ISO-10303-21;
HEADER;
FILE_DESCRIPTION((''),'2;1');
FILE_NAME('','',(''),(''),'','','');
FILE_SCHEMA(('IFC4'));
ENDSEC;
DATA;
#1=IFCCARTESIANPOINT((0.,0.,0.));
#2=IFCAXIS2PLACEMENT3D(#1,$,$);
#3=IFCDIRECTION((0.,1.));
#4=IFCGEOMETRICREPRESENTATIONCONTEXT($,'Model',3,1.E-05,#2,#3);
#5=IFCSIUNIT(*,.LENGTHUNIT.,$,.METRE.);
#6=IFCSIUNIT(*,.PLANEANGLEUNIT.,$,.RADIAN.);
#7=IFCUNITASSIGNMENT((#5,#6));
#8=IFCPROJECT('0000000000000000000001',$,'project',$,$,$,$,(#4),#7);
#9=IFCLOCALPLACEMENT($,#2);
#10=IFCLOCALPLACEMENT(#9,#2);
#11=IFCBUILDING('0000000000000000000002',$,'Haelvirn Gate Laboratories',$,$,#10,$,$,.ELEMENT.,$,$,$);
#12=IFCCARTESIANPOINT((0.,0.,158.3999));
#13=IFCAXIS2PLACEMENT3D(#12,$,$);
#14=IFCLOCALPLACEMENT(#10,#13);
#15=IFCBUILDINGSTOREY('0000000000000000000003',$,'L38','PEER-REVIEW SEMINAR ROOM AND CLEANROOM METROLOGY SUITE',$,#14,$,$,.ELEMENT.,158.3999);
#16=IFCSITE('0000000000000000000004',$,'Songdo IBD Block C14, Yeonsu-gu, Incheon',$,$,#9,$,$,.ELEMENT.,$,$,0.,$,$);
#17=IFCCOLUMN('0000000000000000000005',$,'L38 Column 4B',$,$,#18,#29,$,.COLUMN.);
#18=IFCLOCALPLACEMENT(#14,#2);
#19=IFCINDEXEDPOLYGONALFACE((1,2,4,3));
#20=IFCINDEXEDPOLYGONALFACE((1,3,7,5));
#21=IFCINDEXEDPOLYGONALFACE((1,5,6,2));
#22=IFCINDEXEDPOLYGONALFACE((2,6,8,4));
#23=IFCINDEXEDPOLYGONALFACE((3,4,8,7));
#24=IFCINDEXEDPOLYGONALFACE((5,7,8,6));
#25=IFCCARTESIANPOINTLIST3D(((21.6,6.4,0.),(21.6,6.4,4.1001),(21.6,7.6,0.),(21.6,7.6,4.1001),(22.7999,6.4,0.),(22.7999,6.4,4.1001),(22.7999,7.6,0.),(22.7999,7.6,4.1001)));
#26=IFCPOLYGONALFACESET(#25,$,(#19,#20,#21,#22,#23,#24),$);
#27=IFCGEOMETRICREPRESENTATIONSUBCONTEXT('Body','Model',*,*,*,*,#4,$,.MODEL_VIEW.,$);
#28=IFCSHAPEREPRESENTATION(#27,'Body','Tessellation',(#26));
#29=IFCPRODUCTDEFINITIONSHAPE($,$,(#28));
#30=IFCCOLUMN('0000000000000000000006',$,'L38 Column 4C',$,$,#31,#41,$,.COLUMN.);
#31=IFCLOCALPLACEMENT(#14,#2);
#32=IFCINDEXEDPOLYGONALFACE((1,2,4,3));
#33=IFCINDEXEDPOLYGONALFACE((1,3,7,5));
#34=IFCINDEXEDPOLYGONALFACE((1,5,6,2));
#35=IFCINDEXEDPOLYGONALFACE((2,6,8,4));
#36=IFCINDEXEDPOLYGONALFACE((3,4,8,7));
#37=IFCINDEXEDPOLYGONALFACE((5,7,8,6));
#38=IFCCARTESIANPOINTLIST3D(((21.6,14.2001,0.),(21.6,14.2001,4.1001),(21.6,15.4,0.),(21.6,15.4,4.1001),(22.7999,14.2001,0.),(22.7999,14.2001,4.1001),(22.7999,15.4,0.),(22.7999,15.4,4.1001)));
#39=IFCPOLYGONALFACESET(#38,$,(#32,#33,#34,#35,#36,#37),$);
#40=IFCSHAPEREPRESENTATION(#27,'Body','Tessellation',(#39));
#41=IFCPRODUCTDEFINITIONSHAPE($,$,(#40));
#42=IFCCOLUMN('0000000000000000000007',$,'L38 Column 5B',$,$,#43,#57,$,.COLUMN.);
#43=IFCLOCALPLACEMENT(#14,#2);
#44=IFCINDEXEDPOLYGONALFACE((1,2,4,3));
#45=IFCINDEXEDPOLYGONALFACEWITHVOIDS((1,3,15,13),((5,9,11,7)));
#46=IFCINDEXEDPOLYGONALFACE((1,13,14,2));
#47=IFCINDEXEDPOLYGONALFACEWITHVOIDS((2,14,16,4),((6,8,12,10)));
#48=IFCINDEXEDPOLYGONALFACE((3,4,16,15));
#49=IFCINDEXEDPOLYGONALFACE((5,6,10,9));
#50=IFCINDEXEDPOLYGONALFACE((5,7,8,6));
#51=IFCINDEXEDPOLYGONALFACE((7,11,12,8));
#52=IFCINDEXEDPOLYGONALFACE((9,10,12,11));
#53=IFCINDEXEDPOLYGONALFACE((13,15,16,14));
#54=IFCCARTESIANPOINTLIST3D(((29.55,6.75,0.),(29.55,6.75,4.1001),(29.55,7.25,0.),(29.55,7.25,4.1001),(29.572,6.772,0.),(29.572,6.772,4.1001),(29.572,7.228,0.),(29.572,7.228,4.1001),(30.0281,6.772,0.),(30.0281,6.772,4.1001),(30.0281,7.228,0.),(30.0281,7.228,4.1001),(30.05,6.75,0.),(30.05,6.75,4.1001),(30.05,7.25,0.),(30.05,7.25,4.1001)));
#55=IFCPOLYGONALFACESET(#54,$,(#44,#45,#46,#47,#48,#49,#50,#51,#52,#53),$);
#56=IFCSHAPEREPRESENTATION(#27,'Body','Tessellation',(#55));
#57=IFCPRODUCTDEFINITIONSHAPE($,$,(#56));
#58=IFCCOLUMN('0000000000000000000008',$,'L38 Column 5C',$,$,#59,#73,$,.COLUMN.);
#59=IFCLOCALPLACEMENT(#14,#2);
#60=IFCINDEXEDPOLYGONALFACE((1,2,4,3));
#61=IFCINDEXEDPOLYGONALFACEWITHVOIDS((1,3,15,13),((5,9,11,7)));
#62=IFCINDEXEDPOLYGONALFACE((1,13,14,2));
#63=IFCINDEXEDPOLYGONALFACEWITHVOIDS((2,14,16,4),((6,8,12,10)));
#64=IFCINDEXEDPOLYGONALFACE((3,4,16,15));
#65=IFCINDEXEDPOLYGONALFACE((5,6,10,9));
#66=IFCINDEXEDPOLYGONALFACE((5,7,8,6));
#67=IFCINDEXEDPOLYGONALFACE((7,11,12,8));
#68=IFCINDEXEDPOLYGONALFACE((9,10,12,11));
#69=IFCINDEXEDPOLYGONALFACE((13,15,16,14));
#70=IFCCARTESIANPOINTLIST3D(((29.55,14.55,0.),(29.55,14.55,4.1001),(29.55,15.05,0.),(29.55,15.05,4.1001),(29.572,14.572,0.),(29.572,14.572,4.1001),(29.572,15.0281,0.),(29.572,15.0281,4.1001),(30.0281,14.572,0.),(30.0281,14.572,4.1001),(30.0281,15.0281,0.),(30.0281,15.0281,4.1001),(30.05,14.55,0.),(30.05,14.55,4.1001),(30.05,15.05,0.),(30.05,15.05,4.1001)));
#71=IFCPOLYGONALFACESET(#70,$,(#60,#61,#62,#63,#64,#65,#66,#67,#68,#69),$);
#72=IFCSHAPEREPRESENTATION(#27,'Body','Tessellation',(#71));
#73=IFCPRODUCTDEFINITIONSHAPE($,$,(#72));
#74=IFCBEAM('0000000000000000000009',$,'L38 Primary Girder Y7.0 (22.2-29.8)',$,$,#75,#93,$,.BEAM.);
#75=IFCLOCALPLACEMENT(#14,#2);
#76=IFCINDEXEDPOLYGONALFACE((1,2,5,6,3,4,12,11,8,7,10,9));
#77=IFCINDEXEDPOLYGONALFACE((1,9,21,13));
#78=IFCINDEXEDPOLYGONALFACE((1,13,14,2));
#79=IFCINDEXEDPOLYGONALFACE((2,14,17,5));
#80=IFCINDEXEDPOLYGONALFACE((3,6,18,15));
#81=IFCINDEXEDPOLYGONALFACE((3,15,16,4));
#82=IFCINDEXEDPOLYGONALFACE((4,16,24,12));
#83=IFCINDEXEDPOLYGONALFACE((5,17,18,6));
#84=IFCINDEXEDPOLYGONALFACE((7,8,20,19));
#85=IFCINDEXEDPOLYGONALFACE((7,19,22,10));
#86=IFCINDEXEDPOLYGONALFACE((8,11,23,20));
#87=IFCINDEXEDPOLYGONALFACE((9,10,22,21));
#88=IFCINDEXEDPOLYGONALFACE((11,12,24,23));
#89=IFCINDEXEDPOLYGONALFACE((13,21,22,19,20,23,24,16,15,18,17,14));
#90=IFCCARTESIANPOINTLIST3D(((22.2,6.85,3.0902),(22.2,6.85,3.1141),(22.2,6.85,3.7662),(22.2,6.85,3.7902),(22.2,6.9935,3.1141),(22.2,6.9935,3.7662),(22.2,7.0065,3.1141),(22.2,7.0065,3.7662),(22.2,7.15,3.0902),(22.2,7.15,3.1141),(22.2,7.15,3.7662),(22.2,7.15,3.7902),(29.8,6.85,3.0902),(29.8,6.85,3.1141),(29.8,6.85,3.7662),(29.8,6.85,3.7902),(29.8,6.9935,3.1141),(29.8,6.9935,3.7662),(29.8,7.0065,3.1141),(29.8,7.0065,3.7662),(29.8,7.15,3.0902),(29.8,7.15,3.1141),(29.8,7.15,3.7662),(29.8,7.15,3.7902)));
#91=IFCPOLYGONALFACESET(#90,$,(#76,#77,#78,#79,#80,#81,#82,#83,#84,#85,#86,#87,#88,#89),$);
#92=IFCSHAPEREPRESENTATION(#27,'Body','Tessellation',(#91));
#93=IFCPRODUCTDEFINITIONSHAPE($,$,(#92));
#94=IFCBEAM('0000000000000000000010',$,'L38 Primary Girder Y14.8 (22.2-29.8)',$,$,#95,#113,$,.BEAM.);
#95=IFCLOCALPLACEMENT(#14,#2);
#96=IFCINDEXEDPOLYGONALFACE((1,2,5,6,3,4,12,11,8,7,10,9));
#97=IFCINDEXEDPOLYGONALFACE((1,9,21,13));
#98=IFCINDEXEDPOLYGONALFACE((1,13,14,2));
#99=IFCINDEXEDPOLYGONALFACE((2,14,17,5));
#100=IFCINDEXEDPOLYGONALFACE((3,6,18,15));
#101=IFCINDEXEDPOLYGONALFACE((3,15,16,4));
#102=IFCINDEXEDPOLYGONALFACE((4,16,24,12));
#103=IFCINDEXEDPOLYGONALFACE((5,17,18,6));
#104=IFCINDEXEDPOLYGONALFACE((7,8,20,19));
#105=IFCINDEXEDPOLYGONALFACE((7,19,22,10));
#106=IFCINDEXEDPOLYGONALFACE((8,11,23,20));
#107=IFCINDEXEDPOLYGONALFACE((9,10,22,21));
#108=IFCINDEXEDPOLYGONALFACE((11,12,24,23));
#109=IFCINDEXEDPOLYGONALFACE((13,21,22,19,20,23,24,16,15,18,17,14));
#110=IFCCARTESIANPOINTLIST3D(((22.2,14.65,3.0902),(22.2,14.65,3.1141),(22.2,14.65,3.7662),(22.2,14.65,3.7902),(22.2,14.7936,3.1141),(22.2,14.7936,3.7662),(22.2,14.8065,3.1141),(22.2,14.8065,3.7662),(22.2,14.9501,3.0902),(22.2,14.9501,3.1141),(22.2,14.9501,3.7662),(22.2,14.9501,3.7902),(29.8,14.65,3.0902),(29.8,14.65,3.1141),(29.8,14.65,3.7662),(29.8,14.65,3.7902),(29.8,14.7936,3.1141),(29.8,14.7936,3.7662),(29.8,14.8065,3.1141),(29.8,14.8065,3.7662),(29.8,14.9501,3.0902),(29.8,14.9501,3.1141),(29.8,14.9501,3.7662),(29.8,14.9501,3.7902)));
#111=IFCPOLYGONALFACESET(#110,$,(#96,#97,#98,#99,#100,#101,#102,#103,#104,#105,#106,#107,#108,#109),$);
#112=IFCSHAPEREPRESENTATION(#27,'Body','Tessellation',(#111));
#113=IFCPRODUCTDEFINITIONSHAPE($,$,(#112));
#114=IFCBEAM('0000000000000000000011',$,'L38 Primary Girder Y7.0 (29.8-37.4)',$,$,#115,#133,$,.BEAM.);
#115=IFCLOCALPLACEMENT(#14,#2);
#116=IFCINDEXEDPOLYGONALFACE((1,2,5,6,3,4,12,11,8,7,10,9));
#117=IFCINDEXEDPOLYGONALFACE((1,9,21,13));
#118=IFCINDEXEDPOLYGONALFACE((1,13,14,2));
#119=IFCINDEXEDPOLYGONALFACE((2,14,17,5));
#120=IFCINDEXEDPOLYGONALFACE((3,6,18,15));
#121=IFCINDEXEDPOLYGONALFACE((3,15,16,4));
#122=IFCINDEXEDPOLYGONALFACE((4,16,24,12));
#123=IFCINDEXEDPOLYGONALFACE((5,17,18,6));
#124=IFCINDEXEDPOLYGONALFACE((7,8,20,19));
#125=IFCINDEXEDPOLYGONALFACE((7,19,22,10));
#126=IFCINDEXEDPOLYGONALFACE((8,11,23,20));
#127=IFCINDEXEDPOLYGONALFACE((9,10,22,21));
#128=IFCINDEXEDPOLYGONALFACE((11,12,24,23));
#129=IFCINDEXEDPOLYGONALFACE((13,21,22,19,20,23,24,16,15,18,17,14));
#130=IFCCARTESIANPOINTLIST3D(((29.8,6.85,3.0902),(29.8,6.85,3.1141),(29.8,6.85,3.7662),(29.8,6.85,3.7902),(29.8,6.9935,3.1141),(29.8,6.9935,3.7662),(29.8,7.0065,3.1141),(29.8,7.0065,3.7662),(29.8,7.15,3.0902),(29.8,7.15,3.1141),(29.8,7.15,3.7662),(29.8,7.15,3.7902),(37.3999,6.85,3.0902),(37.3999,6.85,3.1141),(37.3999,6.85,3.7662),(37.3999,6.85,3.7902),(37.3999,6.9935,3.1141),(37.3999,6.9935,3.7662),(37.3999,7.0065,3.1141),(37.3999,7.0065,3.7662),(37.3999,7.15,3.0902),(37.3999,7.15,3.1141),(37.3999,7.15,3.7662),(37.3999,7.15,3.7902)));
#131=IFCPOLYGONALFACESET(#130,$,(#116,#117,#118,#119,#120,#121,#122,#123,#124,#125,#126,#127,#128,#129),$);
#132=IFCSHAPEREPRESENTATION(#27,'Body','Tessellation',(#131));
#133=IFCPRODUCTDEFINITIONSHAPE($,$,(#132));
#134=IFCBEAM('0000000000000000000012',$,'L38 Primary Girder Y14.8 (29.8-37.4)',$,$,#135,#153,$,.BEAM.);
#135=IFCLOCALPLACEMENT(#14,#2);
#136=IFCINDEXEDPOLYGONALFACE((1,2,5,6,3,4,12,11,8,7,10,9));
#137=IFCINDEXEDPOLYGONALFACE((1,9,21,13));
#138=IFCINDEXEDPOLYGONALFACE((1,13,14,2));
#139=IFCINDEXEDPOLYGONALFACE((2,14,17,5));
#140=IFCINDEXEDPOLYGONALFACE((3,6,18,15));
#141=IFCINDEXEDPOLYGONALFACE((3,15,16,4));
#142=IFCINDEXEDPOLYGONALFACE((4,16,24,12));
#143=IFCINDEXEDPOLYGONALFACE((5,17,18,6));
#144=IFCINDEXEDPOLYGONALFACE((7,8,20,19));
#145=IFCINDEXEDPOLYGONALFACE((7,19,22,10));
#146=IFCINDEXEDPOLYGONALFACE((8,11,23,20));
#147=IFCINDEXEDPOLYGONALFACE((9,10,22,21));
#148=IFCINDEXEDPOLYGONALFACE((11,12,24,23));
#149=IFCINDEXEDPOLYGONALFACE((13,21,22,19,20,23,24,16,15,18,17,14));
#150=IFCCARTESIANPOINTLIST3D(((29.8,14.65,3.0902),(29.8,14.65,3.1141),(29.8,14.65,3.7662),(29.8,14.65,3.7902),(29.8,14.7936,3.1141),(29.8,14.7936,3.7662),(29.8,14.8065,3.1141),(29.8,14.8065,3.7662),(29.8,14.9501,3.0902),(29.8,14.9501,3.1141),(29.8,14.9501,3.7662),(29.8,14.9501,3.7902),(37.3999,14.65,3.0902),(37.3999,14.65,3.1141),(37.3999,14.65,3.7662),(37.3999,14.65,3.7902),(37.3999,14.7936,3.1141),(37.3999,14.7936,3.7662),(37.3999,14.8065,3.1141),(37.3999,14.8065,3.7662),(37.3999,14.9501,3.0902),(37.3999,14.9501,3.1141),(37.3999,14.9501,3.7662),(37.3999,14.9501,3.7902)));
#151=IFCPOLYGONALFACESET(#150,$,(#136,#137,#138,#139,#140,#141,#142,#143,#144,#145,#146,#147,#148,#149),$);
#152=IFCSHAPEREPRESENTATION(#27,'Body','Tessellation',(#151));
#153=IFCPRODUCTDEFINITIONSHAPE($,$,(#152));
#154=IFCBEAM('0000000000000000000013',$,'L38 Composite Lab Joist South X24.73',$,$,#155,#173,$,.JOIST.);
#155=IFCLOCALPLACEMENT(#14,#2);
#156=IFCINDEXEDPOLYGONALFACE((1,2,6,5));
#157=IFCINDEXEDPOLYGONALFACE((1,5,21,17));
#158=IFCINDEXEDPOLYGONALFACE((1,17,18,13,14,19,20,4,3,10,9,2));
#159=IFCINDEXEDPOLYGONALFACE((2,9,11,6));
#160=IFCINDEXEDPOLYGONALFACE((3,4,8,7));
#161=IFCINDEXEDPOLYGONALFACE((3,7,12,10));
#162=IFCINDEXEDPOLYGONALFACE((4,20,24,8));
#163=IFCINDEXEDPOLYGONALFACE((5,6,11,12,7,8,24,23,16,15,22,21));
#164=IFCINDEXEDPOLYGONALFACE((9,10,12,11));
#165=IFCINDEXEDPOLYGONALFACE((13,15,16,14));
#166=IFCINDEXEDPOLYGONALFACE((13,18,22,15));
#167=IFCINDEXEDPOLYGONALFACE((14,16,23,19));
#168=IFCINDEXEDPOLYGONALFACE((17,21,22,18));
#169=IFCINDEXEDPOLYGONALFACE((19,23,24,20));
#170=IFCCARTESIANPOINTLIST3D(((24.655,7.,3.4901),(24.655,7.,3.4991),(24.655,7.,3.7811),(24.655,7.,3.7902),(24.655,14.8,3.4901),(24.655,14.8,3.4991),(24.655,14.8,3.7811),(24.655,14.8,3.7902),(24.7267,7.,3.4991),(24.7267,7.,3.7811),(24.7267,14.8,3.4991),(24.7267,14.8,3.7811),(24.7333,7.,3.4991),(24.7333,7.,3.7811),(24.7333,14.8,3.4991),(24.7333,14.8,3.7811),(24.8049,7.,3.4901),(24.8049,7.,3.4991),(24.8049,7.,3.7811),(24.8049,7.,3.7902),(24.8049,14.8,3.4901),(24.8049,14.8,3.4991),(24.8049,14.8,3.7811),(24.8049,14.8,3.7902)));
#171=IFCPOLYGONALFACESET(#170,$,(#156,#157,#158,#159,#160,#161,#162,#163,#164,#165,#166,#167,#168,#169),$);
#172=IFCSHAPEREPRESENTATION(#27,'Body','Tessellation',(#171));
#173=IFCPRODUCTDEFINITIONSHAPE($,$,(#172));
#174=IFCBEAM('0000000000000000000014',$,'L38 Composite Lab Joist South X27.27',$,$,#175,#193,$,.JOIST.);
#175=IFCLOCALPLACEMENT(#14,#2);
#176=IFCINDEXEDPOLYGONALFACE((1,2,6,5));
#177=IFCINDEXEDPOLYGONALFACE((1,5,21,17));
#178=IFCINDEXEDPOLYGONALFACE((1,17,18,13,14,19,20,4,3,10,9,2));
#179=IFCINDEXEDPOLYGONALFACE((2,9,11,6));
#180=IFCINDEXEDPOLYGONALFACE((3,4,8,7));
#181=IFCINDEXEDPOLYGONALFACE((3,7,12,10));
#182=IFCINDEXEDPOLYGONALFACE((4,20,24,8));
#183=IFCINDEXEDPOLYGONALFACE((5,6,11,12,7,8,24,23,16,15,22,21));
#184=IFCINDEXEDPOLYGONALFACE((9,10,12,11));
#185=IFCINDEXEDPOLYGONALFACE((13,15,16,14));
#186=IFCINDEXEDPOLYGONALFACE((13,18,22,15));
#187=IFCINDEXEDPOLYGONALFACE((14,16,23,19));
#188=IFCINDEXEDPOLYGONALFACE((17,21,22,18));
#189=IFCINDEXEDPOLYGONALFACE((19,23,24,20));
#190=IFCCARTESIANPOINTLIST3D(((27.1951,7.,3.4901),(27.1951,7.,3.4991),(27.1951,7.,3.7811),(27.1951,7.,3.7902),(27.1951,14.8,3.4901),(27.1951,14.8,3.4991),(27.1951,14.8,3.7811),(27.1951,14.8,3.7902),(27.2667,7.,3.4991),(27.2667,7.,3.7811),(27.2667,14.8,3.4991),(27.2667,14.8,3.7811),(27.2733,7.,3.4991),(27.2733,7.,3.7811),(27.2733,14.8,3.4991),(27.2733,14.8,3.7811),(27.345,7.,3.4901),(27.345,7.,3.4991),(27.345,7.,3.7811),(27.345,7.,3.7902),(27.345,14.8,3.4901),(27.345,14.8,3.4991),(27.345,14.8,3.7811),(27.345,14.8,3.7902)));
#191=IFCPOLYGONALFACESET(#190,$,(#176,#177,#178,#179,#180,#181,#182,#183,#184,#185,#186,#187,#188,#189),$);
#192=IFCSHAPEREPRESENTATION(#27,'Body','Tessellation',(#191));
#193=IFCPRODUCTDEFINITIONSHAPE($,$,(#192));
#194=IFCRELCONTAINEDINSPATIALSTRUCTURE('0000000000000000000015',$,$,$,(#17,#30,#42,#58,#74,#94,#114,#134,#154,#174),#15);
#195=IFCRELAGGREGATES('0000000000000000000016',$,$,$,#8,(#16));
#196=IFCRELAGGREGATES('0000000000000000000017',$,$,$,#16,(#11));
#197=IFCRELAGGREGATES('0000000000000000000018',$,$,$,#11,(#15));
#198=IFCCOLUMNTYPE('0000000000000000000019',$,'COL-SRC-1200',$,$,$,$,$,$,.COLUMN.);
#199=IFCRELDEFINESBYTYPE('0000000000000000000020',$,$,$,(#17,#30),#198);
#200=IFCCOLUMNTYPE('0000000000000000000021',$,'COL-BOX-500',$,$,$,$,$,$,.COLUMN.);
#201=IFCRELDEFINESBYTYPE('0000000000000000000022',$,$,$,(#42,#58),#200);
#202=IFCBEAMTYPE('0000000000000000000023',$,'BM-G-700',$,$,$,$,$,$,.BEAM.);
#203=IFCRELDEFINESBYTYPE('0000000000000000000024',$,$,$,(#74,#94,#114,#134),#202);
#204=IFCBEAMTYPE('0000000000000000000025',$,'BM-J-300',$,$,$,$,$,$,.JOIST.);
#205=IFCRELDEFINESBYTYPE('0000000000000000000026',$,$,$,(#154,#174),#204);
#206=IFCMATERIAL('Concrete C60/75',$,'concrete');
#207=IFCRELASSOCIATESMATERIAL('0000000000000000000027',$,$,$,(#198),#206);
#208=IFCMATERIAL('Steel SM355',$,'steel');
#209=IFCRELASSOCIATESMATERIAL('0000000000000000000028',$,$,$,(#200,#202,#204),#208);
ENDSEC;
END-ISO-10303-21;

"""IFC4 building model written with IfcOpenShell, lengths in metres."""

from ifc_helpers import new_model, si_unit, direction, frame, origin, origin_2d, place, context, subcontext, project, spatial, rectangle, hollow_rectangle, i_section, extrude, source, transform, mapped, material, material_profile, profile_set, type_object, type_shapes, element, save


model = new_model("IFC4")

# Units and contexts
model_context = context("Model", 3, precision=1e-05, world=origin(), true_north=direction((0.0, 1.0)))
body_context = subcontext(model_context, "Body", "Model", "MODEL_VIEW")
ifc_project = project(units=[si_unit("LENGTHUNIT", "METRE"), si_unit("PLANEANGLEUNIT", "RADIAN")], contexts=[model_context])

# Site, building, storey
site_placement = place(None, origin())
site = spatial("IfcSite", under=ifc_project, at=site_placement, Name="Songdo IBD Block C14, Yeonsu-gu, Incheon", CompositionType="ELEMENT", RefElevation=0.0)
building_placement = place(site_placement, origin())
building = spatial("IfcBuilding", under=site, at=building_placement, Name="Haelvirn Gate Laboratories", CompositionType="ELEMENT")
storey_placement = place(building_placement, frame((0.0, 0.0, 158.3999)))
storey = spatial("IfcBuildingStorey", under=building, at=storey_placement, Name="L38", Description="PEER-REVIEW SEMINAR ROOM AND CLEANROOM METROLOGY SUITE", CompositionType="ELEMENT", Elevation=158.3999)

# Columns
ifc_material_1 = material(Name="Concrete C60/75", Category="concrete")
ifc_material_profile_1 = material_profile(ifc_material_1, rectangle(XDim=1.2, YDim=1.2, at=origin_2d()), Name="SRC-1200x1200")
ifc_profile_set_1 = profile_set([ifc_material_profile_1], Name="Concrete C60/75")
column_type_1 = type_object("IfcColumnType", Name="COL-SRC-1200", PredefinedType="COLUMN", material=ifc_profile_set_1)
shared_shape_1 = source(origin(), body_context, "Body", "SweptSolid", [
    extrude(rectangle(XDim=1.2, YDim=1.2, at=origin_2d()), origin(), (0.0, 0.0, 1.0), 4.1001),
])
type_shapes(column_type_1, [shared_shape_1])
for number, where, z_axis, x_axis, name in (
    (1, (22.2, 7.0, 0.0), (0.0, 0.0, 1.0), (1.0, 0.0, 0.0), "L38 Column 4B"),
    (2, (22.2, 14.8, 0.0), (0.0, 0.0, 1.0), (1.0, 0.0, 0.0), "L38 Column 4C"),
):
    element("IfcColumn", number, at=place(storey_placement, frame(where, z_axis=z_axis, x_axis=x_axis)), inside=storey, type_object=column_type_1, Name=name, PredefinedType="COLUMN", context=body_context, shape_type="MappedRepresentation", body=[
        mapped(shared_shape_1, transform((0.0, 0.0, 0.0), scale=1.0)),
    ])
ifc_material_2 = material(Name="Steel SM355", Category="steel")
ifc_material_profile_2 = material_profile(ifc_material_2, hollow_rectangle(XDim=0.5, YDim=0.5, WallThickness=0.022, at=origin_2d()), Name="BOX-500x500x22")
ifc_profile_set_2 = profile_set([ifc_material_profile_2], Name="Steel SM355")
column_type_2 = type_object("IfcColumnType", Name="COL-BOX-500", PredefinedType="COLUMN", material=ifc_profile_set_2)
shared_shape_2 = source(origin(), body_context, "Body", "SweptSolid", [
    extrude(hollow_rectangle(XDim=0.5, YDim=0.5, WallThickness=0.022, at=origin_2d()), origin(), (0.0, 0.0, 1.0), 4.1001),
])
type_shapes(column_type_2, [shared_shape_2])
for number, where, z_axis, x_axis, name in (
    (3, (29.8, 7.0, 0.0), (0.0, 0.0, 1.0), (1.0, 0.0, 0.0), "L38 Column 5B"),
    (4, (29.8, 14.8, 0.0), (0.0, 0.0, 1.0), (1.0, 0.0, 0.0), "L38 Column 5C"),
):
    element("IfcColumn", number, at=place(storey_placement, frame(where, z_axis=z_axis, x_axis=x_axis)), inside=storey, type_object=column_type_2, Name=name, PredefinedType="COLUMN", context=body_context, shape_type="MappedRepresentation", body=[
        mapped(shared_shape_2, transform((0.0, 0.0, 0.0), scale=1.0)),
    ])

# Beams
ifc_material_profile_3 = material_profile(ifc_material_2, i_section(OverallWidth=0.3, OverallDepth=0.7, WebThickness=0.0129, FlangeThickness=0.0239, at=origin_2d()), Name="H-700x300x13x24")
ifc_profile_set_3 = profile_set([ifc_material_profile_3], Name="Steel SM355")
beam_type_1 = type_object("IfcBeamType", Name="BM-G-700", PredefinedType="BEAM", material=ifc_profile_set_3)
shared_shape_3 = source(origin(), body_context, "Body", "SweptSolid", [
    extrude(i_section(OverallWidth=0.3, OverallDepth=0.7, WebThickness=0.0129, FlangeThickness=0.0239, at=origin_2d()), origin(), (0.0, 0.0, 1.0), 7.6001),
])
for number, where, z_axis, x_axis, name in (
    (5, (22.2, 7.0, 3.4402), (1.0, 0.0, 0.0), (0.0, 1.0, 0.0), "L38 Primary Girder Y7.0 (22.2-29.8)"),
    (6, (22.2, 14.8, 3.4402), (1.0, 0.0, 0.0), (0.0, 1.0, 0.0), "L38 Primary Girder Y14.8 (22.2-29.8)"),
):
    element("IfcBeam", number, at=place(storey_placement, frame(where, z_axis=z_axis, x_axis=x_axis)), inside=storey, type_object=beam_type_1, Name=name, PredefinedType="BEAM", context=body_context, shape_type="MappedRepresentation", body=[
        mapped(shared_shape_3, transform((0.0, 0.0, 0.0), scale=1.0)),
    ])
shared_shape_4 = source(origin(), body_context, "Body", "SweptSolid", [
    extrude(i_section(OverallWidth=0.3, OverallDepth=0.7, WebThickness=0.0129, FlangeThickness=0.0239, at=origin_2d()), origin(), (0.0, 0.0, 1.0), 7.5999),
])
type_shapes(beam_type_1, [shared_shape_3, shared_shape_4])
for number, where, z_axis, x_axis, name in (
    (7, (29.8, 7.0, 3.4402), (1.0, 0.0, 0.0), (0.0, 1.0, 0.0), "L38 Primary Girder Y7.0 (29.8-37.4)"),
    (8, (29.8, 14.8, 3.4402), (1.0, 0.0, 0.0), (0.0, 1.0, 0.0), "L38 Primary Girder Y14.8 (29.8-37.4)"),
):
    element("IfcBeam", number, at=place(storey_placement, frame(where, z_axis=z_axis, x_axis=x_axis)), inside=storey, type_object=beam_type_1, Name=name, PredefinedType="BEAM", context=body_context, shape_type="MappedRepresentation", body=[
        mapped(shared_shape_4, transform((0.0, 0.0, 0.0), scale=1.0)),
    ])
ifc_material_profile_4 = material_profile(ifc_material_2, i_section(OverallWidth=0.1499, OverallDepth=0.3, WebThickness=0.0066, FlangeThickness=0.009, at=origin_2d()), Name="H-300x150x6.5x9")
ifc_profile_set_4 = profile_set([ifc_material_profile_4], Name="Steel SM355")
beam_type_2 = type_object("IfcBeamType", Name="BM-J-300", PredefinedType="JOIST", material=ifc_profile_set_4)
shared_shape_5 = source(origin(), body_context, "Body", "SweptSolid", [
    extrude(i_section(OverallWidth=0.1499, OverallDepth=0.3, WebThickness=0.0066, FlangeThickness=0.009, at=origin_2d()), origin(), (0.0, 0.0, 1.0), 7.8),
])
type_shapes(beam_type_2, [shared_shape_5])
for number, where, z_axis, x_axis, name in (
    (9, (24.73, 7.0, 3.6401), (0.0, 1.0, 0.0), (-1.0, 0.0, 0.0), "L38 Composite Lab Joist South X24.73"),
    (10, (27.27, 7.0, 3.6401), (0.0, 1.0, 0.0), (-1.0, 0.0, 0.0), "L38 Composite Lab Joist South X27.27"),
):
    element("IfcBeam", number, at=place(storey_placement, frame(where, z_axis=z_axis, x_axis=x_axis)), inside=storey, type_object=beam_type_2, Name=name, PredefinedType="JOIST", context=body_context, shape_type="MappedRepresentation", body=[
        mapped(shared_shape_5, transform((0.0, 0.0, 0.0), scale=1.0)),
    ])

save(model, "model.ifc")
